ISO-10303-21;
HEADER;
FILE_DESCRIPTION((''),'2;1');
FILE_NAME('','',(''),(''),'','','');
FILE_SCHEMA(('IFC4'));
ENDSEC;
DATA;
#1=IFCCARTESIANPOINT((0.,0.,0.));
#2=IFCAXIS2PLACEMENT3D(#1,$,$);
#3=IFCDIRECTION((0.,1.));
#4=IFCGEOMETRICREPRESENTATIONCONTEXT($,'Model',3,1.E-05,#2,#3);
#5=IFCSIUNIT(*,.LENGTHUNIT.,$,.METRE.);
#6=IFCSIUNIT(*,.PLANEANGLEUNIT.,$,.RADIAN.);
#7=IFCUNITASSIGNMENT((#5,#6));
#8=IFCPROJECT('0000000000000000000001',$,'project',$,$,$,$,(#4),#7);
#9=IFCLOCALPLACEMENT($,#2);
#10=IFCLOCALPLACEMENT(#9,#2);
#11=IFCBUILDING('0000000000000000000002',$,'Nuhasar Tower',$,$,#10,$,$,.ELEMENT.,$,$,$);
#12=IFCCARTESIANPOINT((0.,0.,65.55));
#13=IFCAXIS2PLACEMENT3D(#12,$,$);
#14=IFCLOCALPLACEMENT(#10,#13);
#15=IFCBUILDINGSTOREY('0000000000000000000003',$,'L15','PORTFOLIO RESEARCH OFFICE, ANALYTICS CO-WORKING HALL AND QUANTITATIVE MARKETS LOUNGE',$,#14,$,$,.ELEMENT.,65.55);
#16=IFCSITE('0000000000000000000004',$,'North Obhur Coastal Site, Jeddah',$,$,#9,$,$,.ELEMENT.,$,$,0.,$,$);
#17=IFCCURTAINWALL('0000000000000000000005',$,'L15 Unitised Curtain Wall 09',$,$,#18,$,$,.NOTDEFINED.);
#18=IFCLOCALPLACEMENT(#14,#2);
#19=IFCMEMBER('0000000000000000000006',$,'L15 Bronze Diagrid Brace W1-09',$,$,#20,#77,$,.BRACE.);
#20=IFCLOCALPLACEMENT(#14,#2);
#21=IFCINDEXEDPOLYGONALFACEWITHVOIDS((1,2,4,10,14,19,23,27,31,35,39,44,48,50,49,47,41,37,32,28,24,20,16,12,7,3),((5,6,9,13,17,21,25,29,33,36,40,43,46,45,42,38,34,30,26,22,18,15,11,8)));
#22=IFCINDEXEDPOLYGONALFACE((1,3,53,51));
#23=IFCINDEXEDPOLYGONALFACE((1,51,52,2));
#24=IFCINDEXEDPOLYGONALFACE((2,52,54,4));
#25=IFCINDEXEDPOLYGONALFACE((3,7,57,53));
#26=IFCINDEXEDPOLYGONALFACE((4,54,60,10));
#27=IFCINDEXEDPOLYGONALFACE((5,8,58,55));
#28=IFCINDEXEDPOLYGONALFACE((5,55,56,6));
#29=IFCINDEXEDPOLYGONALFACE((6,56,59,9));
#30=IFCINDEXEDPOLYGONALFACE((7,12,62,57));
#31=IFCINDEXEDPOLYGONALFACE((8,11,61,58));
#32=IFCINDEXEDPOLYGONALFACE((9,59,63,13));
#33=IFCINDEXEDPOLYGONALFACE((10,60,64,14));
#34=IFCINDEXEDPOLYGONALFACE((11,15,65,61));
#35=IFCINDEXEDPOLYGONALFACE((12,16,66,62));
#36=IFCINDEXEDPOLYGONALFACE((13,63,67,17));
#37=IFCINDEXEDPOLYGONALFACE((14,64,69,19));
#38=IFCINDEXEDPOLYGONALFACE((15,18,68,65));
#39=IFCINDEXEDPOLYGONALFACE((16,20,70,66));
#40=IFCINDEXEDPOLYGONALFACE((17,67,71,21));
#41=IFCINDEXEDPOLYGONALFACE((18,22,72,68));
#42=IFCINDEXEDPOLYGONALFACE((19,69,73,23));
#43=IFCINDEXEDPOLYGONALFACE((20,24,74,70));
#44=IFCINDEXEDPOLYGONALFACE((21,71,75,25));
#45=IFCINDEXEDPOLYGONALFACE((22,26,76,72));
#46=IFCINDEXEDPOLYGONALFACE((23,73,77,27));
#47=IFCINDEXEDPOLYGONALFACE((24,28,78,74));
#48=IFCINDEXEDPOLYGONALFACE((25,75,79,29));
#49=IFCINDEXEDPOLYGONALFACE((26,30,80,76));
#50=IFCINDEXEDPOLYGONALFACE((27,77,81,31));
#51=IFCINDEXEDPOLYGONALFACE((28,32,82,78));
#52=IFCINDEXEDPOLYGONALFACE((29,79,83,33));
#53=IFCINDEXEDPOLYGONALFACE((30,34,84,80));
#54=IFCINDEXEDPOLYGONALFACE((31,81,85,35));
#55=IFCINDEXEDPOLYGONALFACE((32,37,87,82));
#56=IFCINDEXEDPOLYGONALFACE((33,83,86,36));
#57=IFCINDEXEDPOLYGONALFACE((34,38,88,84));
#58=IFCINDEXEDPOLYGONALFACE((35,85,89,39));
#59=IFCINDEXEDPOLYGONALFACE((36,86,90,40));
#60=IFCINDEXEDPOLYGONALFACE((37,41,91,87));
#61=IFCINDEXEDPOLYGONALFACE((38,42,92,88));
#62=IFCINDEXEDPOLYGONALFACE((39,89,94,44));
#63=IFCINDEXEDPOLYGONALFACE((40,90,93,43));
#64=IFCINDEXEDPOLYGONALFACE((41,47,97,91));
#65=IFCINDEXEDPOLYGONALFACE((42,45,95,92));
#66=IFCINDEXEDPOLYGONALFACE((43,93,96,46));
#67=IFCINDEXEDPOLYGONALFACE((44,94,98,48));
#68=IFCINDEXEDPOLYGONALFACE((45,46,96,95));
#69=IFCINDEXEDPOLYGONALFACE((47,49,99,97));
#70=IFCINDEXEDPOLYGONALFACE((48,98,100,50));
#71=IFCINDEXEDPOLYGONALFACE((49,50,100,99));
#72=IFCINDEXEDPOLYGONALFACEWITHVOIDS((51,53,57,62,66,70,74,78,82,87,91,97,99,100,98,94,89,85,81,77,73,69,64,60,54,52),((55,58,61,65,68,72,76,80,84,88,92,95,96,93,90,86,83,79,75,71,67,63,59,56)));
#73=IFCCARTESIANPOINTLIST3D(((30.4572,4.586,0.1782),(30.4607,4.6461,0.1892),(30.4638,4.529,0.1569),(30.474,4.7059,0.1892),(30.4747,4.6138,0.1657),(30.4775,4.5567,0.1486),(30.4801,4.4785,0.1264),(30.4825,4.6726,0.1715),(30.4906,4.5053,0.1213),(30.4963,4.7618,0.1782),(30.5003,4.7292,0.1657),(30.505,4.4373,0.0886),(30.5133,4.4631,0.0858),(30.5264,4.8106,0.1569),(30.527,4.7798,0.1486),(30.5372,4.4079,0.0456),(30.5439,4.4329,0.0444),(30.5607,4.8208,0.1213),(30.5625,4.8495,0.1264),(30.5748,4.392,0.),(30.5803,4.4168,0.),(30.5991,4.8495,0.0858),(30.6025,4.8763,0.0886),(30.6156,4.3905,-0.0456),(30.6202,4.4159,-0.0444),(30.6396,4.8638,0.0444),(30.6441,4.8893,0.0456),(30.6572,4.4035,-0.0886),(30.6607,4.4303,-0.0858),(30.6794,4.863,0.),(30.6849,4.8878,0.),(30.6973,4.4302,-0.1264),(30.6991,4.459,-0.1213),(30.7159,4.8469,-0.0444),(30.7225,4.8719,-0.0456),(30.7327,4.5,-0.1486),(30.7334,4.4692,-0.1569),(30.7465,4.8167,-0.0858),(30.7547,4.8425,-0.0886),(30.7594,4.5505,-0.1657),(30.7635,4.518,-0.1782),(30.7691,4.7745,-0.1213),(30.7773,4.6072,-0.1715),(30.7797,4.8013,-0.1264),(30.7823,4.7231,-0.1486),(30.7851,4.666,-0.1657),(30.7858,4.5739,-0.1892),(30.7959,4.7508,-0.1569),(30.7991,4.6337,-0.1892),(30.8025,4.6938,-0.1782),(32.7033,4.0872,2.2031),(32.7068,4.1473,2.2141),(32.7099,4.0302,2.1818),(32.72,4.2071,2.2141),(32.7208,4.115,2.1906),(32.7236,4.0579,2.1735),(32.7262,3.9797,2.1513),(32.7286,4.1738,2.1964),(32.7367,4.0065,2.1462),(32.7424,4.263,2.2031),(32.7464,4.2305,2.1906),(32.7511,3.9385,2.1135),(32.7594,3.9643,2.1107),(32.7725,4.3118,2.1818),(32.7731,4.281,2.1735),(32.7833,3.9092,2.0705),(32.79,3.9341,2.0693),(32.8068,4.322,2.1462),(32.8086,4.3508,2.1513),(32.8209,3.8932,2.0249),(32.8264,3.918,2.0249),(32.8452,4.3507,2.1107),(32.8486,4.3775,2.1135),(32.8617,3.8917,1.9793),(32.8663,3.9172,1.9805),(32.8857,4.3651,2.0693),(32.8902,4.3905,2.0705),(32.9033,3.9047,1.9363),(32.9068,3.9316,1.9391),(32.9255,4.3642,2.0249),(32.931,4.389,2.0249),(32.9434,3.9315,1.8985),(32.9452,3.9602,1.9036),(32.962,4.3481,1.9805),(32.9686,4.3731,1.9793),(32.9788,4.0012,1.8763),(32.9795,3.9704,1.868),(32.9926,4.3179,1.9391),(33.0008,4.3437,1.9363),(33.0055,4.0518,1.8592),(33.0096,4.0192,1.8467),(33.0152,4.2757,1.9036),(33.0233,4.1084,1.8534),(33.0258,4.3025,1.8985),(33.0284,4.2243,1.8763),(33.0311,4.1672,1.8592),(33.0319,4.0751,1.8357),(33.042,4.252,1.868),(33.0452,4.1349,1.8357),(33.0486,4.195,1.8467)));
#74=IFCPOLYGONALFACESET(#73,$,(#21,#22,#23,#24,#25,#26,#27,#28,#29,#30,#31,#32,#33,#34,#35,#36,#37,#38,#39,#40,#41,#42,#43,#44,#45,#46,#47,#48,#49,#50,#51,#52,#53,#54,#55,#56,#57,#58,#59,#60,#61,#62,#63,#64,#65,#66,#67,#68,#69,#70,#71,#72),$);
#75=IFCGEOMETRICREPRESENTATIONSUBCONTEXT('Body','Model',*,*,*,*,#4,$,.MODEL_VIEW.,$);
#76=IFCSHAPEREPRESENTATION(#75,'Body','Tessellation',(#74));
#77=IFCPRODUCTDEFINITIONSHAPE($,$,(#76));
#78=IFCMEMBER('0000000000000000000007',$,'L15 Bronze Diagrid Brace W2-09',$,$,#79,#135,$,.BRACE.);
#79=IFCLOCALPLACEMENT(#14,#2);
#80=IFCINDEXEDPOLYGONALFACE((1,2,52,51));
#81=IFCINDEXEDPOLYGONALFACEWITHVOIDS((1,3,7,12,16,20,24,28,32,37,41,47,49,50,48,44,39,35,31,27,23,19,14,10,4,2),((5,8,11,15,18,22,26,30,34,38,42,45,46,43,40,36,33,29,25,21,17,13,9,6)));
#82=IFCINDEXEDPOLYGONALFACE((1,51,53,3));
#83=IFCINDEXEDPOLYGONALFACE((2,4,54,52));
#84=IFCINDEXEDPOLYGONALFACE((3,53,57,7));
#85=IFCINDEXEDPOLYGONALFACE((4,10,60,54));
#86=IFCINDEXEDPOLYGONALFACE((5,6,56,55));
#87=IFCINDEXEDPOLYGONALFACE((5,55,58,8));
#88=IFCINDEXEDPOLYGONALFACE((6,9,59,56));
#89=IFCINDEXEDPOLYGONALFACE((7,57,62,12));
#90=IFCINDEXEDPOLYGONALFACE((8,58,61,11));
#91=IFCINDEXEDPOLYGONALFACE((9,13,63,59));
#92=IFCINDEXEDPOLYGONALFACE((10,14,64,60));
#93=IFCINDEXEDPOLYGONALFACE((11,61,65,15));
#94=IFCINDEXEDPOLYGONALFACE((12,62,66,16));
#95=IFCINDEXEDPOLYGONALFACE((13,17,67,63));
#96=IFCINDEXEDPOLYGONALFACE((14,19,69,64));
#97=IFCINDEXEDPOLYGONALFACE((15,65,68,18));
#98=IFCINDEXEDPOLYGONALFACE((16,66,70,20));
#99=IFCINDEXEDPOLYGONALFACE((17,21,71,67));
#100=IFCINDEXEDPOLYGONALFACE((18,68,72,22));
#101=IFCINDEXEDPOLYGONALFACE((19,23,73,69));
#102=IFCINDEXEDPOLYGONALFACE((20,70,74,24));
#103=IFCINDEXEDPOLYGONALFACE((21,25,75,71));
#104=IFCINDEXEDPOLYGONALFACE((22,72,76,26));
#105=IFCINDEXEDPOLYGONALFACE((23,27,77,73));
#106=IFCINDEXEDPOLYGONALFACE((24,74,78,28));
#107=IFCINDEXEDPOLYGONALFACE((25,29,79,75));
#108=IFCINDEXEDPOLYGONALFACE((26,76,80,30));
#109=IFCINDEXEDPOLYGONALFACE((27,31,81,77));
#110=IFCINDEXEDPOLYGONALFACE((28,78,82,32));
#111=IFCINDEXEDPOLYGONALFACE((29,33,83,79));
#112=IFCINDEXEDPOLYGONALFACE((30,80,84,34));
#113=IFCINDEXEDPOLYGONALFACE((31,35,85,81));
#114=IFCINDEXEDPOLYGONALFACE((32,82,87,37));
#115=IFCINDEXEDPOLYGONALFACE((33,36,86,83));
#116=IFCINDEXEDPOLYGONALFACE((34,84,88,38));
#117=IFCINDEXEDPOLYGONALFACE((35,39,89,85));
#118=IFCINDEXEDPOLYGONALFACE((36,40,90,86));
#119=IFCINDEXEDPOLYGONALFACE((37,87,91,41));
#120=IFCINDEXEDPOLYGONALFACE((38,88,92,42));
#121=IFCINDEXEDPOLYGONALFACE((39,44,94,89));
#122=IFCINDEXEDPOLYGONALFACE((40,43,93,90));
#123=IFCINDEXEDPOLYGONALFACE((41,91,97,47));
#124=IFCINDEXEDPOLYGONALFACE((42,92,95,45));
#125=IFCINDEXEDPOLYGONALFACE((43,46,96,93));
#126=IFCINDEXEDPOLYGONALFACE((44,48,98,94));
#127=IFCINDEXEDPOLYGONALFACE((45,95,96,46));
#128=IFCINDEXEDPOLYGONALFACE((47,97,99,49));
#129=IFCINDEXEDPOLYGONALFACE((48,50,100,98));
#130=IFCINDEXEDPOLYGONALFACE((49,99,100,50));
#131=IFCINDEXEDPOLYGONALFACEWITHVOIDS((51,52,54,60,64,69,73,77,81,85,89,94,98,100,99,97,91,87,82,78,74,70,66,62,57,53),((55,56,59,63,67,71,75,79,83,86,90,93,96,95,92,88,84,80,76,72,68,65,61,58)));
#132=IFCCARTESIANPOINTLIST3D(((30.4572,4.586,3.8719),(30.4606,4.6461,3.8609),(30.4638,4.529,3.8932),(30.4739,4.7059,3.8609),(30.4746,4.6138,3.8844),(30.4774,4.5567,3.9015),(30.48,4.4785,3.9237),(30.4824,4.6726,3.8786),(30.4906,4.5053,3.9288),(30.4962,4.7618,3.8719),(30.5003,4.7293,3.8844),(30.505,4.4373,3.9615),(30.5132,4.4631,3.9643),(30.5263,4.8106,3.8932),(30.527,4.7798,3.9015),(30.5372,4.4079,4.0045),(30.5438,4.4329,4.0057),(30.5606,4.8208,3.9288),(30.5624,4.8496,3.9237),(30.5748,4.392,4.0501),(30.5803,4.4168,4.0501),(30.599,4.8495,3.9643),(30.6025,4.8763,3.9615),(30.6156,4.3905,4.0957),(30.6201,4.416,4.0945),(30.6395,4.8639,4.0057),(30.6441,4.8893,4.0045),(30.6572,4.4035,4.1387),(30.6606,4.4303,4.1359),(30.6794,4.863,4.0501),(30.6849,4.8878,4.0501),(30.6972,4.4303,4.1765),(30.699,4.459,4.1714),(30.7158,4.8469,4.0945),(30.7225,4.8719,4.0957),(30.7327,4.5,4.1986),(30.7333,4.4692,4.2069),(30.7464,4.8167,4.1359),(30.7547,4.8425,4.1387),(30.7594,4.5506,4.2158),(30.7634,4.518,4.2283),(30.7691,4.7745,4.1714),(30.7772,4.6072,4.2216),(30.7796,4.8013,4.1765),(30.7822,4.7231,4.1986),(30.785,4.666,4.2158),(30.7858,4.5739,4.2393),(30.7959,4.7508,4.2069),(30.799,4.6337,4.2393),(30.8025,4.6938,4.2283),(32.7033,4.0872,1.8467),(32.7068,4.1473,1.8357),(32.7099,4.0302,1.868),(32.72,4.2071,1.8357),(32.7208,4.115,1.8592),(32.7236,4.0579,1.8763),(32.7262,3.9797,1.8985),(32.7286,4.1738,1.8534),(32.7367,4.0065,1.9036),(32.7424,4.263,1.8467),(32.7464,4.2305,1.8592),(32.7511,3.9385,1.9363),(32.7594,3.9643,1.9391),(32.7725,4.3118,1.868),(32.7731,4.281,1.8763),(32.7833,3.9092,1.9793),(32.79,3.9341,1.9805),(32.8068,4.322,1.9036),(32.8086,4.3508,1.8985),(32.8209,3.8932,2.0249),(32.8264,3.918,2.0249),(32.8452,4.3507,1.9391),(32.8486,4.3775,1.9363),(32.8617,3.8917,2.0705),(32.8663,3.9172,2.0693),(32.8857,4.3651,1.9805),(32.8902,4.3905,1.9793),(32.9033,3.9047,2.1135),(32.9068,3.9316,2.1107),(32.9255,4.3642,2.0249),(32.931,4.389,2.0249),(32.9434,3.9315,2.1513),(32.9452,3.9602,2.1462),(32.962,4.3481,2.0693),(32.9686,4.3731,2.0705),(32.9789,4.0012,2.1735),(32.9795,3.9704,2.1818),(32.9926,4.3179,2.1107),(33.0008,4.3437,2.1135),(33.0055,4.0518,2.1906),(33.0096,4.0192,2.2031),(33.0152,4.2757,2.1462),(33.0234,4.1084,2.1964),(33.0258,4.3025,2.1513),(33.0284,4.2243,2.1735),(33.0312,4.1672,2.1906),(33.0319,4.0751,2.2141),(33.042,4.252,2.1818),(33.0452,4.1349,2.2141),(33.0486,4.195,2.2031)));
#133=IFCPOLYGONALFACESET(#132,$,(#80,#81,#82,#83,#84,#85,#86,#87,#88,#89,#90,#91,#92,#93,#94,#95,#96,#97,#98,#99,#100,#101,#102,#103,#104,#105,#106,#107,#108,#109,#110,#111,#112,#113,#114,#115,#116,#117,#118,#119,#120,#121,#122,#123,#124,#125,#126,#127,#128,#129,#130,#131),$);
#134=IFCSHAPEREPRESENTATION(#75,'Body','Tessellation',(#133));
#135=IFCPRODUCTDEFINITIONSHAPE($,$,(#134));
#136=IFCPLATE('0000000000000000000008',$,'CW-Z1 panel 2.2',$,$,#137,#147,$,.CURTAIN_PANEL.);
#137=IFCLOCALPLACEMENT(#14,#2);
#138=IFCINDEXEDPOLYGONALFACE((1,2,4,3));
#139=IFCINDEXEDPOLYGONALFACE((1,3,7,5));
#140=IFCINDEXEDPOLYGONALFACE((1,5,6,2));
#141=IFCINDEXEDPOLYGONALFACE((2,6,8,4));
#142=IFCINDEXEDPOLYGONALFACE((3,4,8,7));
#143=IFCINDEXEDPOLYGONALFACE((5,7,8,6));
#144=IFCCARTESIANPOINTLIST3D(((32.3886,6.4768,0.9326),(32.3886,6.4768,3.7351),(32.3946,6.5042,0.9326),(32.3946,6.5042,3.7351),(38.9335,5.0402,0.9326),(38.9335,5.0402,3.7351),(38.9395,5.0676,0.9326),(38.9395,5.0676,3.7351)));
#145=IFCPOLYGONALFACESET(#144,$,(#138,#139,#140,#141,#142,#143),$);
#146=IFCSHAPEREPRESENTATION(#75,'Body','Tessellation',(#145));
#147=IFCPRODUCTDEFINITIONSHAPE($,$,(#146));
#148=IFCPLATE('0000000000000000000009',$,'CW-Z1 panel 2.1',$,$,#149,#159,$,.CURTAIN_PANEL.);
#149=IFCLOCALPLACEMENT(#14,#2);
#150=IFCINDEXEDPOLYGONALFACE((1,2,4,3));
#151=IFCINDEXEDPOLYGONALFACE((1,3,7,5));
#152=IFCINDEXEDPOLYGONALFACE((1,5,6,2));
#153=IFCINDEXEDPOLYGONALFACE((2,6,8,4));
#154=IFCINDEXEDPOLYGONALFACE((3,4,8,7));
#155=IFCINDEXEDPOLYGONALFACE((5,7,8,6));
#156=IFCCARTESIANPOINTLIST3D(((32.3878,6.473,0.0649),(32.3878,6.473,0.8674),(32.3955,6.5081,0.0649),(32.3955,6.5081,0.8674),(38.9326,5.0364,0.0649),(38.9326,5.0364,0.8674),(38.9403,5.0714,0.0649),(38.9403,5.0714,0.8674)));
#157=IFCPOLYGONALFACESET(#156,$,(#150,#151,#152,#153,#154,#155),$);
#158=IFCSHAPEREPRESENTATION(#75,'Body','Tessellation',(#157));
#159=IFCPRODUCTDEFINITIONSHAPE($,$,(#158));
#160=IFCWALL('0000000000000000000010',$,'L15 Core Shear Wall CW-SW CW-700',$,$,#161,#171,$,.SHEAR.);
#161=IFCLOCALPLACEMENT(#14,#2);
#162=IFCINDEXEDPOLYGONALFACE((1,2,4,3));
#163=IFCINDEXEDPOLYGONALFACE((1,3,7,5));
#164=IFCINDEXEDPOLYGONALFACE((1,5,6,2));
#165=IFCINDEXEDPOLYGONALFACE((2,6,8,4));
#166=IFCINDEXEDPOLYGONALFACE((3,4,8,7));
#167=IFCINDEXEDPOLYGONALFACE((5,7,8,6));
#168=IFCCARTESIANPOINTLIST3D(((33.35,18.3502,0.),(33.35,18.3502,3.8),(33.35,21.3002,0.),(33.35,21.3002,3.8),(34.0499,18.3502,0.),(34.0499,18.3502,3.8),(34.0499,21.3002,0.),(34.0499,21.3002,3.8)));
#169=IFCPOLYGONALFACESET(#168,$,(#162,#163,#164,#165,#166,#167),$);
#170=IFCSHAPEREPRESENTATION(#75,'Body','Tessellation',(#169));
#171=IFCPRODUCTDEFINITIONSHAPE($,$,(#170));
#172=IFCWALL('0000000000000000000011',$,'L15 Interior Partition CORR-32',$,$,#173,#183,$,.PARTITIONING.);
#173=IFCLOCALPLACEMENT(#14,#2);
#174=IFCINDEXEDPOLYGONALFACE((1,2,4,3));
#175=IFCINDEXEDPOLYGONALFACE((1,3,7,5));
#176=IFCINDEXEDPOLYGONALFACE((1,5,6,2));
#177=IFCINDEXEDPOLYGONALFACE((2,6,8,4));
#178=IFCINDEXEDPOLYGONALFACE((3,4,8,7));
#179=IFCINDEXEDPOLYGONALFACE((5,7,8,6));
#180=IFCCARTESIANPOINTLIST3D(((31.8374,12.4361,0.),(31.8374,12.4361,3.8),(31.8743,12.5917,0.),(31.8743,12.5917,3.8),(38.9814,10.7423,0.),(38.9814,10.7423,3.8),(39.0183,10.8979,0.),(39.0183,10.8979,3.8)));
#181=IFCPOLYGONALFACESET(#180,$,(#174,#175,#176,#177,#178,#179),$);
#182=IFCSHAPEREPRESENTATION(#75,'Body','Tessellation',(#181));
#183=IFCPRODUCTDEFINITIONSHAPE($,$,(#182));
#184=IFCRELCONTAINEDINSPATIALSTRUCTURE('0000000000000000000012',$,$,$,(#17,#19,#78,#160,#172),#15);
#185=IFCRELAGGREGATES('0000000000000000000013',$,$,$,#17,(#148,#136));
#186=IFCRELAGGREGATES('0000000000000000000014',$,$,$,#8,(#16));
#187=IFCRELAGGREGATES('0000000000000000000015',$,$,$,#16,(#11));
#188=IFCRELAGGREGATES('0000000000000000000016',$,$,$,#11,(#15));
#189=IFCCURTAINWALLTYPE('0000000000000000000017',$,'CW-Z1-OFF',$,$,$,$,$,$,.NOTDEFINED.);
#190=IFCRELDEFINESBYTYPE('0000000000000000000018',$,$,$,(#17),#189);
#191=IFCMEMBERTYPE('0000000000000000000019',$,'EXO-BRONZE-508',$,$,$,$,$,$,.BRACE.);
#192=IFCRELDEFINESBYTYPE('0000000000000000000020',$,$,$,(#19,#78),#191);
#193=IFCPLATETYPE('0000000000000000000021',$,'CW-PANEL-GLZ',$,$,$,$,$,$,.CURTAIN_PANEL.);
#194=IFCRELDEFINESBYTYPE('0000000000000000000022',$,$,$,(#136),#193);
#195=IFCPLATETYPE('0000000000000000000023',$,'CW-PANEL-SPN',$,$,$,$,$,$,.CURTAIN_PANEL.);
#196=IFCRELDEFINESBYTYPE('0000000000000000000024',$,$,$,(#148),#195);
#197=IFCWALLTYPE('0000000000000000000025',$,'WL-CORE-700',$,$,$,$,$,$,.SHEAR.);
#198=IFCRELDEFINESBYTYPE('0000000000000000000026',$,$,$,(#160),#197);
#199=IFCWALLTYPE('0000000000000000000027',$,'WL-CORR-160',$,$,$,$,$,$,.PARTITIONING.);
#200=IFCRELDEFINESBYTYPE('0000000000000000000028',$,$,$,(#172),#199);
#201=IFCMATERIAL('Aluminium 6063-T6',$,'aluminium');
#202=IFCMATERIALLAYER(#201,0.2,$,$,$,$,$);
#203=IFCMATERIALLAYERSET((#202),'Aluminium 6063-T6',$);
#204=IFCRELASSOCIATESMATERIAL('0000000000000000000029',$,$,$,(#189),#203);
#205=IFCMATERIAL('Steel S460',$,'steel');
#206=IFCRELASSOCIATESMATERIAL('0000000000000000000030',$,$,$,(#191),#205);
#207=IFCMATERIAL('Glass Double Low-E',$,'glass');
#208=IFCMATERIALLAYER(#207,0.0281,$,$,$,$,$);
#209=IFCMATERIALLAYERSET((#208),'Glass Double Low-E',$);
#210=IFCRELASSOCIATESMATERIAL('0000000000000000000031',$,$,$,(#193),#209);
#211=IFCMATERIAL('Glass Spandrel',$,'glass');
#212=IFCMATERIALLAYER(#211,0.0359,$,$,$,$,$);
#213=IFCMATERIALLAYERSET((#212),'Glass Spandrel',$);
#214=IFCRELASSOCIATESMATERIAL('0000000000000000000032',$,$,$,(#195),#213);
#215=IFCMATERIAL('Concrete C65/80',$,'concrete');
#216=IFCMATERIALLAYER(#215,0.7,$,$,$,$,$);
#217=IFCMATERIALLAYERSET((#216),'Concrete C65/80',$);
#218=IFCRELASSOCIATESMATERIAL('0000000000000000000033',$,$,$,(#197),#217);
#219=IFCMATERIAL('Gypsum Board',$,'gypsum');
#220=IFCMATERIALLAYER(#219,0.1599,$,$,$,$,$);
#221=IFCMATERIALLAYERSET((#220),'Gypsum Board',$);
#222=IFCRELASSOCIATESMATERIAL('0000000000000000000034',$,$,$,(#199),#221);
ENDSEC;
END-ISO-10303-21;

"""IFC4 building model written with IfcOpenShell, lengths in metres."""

from ifc_helpers import new_model, si_unit, direction, frame, frame_2d, origin, origin_2d, place, context, subcontext, project, spatial, rectangle, hollow_circle, extrude, material, layer, layer_set, material_profile, profile_set, type_object, element, aggregate, save


model = new_model("IFC4")

# Units and contexts
model_context = context("Model", 3, precision=1e-05, world=origin(), true_north=direction((0.0, 1.0)))
body_context = subcontext(model_context, "Body", "Model", "MODEL_VIEW")
ifc_project = project(units=[si_unit("LENGTHUNIT", "METRE"), si_unit("PLANEANGLEUNIT", "RADIAN")], contexts=[model_context])

# Site, building, storey
site_placement = place(None, origin())
site = spatial("IfcSite", under=ifc_project, at=site_placement, Name="North Obhur Coastal Site, Jeddah", CompositionType="ELEMENT", RefElevation=0.0)
building_placement = place(site_placement, origin())
building = spatial("IfcBuilding", under=site, at=building_placement, Name="Nuhasar Tower", CompositionType="ELEMENT")
storey_placement = place(building_placement, frame((0.0, 0.0, 65.55)))
storey = spatial("IfcBuildingStorey", under=building, at=storey_placement, Name="L15", Description="PORTFOLIO RESEARCH OFFICE, ANALYTICS CO-WORKING HALL AND QUANTITATIVE MARKETS LOUNGE", CompositionType="ELEMENT", Elevation=65.55)

# Curtain wall
ifc_material_1 = material(Name="Aluminium 6063-T6", Category="aluminium")
ifc_layer_1 = layer(ifc_material_1, 0.2)
ifc_layer_set_1 = layer_set([ifc_layer_1], Name="Aluminium 6063-T6")
curtain_wall_type = type_object("IfcCurtainWallType", Name="CW-Z1-OFF", PredefinedType="NOTDEFINED", material=ifc_layer_set_1)
curtain_wall_placement = place(storey_placement, origin())
curtain_wall = element("IfcCurtainWall", 1, at=curtain_wall_placement, inside=storey, type_object=curtain_wall_type, Name="L15 Unitised Curtain Wall 09", PredefinedType="NOTDEFINED")

# Members
ifc_material_2 = material(Name="Steel S460", Category="steel")
ifc_material_profile_1 = material_profile(ifc_material_2, hollow_circle(Radius=0.2539, WallThickness=0.0254, at=origin_2d()), Name="HSS508X25.4")
ifc_profile_set_1 = profile_set([ifc_material_profile_1], Name="Steel S460")
member_type_1 = type_object("IfcMemberType", Name="EXO-BRONZE-508", PredefinedType="BRACE", material=ifc_profile_set_1)
member_1_placement = place(storey_placement, frame((30.6299, 4.6399, 0.0), z_axis=(0.732831, -0.162736, 0.660663), x_axis=(0.216784, 0.97622, 0.0)))
element("IfcMember", 2, at=member_1_placement, inside=storey, type_object=member_type_1, Name="L15 Bronze Diagrid Brace W1-09", PredefinedType="BRACE", context=body_context, shape_type="SweptSolid", body=[
    extrude(hollow_circle(Radius=0.2539, WallThickness=0.0254, at=origin_2d()), origin(), (0.0, 0.0, 1.0), 3.0649),
])
member_2_placement = place(storey_placement, frame((32.876, 4.1411, 2.0249), z_axis=(-0.732792, 0.162728, 0.660708), x_axis=(-0.216784, -0.97622, 0.0)))
element("IfcMember", 3, at=member_2_placement, inside=storey, type_object=member_type_1, Name="L15 Bronze Diagrid Brace W2-09", PredefinedType="BRACE", context=body_context, shape_type="SweptSolid", body=[
    extrude(hollow_circle(Radius=0.2539, WallThickness=0.0254, at=origin_2d()), origin(), (0.0, 0.0, 1.0), 3.0652),
])

# Plates
ifc_material_3 = material(Name="Glass Double Low-E", Category="glass")
ifc_layer_2 = layer(ifc_material_3, 0.0281)
ifc_layer_set_2 = layer_set([ifc_layer_2], Name="Glass Double Low-E")
plate_type_1 = type_object("IfcPlateType", Name="CW-PANEL-GLZ", PredefinedType="CURTAIN_PANEL", material=ifc_layer_set_2)
plate_1_placement = place(storey_placement, frame((35.6641, 5.7722, 0.9326), z_axis=(0.0, 0.0, 1.0), x_axis=(0.976746, -0.214399, 0.0)))
plate_1 = element("IfcPlate", 4, at=plate_1_placement, type_object=plate_type_1, Name="CW-Z1 panel 2.2", PredefinedType="CURTAIN_PANEL", context=body_context, shape_type="SweptSolid", body=[
    extrude(rectangle(XDim=6.7007, YDim=0.0281, at=origin_2d()), origin(), (0.0, 0.0, 1.0), 2.8025),
])
ifc_material_4 = material(Name="Glass Spandrel", Category="glass")
ifc_layer_3 = layer(ifc_material_4, 0.0359)
ifc_layer_set_3 = layer_set([ifc_layer_3], Name="Glass Spandrel")
plate_type_2 = type_object("IfcPlateType", Name="CW-PANEL-SPN", PredefinedType="CURTAIN_PANEL", material=ifc_layer_set_3)
plate_2_placement = place(storey_placement, frame((35.6641, 5.7722, 0.0649), z_axis=(0.0, 0.0, 1.0), x_axis=(0.976746, -0.214399, 0.0)))
plate_2 = element("IfcPlate", 5, at=plate_2_placement, type_object=plate_type_2, Name="CW-Z1 panel 2.1", PredefinedType="CURTAIN_PANEL", context=body_context, shape_type="SweptSolid", body=[
    extrude(rectangle(XDim=6.7007, YDim=0.0359, at=origin_2d()), origin(), (0.0, 0.0, 1.0), 0.8025),
])
aggregate(curtain_wall, [plate_2, plate_1])

# Wall
ifc_material_5 = material(Name="Concrete C65/80", Category="concrete")
ifc_layer_4 = layer(ifc_material_5, 0.7)
ifc_layer_set_4 = layer_set([ifc_layer_4], Name="Concrete C65/80")
wall_type_1 = type_object("IfcWallType", Name="WL-CORE-700", PredefinedType="SHEAR", material=ifc_layer_set_4)
wall_1_placement = place(storey_placement, frame((33.7, 18.3501, 0.0), z_axis=(0.0, 0.0, 1.0), x_axis=(0.0, 1.0, 0.0)))
element("IfcWall", 6, at=wall_1_placement, inside=storey, type_object=wall_type_1, Name="L15 Core Shear Wall CW-SW CW-700", PredefinedType="SHEAR", context=body_context, shape_type="SweptSolid", body=[
    extrude(rectangle(XDim=2.95, YDim=0.7, at=frame_2d((1.4751, 0.0))), origin(), (0.0, 0.0, 1.0), 3.8),
])

# Shared definitions
ifc_material_6 = material(Name="Gypsum Board", Category="gypsum")
ifc_layer_5 = layer(ifc_material_6, 0.1599)
ifc_layer_set_5 = layer_set([ifc_layer_5], Name="Gypsum Board")
wall_type_2 = type_object("IfcWallType", Name="WL-CORR-160", PredefinedType="PARTITIONING", material=ifc_layer_set_5)

# Wall
wall_2_placement = place(storey_placement, frame((31.856, 12.5139, 0.0), z_axis=(0.0, 0.0, 1.0), x_axis=(0.973024, -0.230703, 0.0)))
element("IfcWall", 7, at=wall_2_placement, inside=storey, type_object=wall_type_2, Name="L15 Interior Partition CORR-32", PredefinedType="PARTITIONING", context=body_context, shape_type="SweptSolid", body=[
    extrude(rectangle(XDim=7.342, YDim=0.1599, at=frame_2d((3.6709, 0.0))), origin(), (0.0, 0.0, 1.0), 3.8),
])

save(model, "model.ifc")
